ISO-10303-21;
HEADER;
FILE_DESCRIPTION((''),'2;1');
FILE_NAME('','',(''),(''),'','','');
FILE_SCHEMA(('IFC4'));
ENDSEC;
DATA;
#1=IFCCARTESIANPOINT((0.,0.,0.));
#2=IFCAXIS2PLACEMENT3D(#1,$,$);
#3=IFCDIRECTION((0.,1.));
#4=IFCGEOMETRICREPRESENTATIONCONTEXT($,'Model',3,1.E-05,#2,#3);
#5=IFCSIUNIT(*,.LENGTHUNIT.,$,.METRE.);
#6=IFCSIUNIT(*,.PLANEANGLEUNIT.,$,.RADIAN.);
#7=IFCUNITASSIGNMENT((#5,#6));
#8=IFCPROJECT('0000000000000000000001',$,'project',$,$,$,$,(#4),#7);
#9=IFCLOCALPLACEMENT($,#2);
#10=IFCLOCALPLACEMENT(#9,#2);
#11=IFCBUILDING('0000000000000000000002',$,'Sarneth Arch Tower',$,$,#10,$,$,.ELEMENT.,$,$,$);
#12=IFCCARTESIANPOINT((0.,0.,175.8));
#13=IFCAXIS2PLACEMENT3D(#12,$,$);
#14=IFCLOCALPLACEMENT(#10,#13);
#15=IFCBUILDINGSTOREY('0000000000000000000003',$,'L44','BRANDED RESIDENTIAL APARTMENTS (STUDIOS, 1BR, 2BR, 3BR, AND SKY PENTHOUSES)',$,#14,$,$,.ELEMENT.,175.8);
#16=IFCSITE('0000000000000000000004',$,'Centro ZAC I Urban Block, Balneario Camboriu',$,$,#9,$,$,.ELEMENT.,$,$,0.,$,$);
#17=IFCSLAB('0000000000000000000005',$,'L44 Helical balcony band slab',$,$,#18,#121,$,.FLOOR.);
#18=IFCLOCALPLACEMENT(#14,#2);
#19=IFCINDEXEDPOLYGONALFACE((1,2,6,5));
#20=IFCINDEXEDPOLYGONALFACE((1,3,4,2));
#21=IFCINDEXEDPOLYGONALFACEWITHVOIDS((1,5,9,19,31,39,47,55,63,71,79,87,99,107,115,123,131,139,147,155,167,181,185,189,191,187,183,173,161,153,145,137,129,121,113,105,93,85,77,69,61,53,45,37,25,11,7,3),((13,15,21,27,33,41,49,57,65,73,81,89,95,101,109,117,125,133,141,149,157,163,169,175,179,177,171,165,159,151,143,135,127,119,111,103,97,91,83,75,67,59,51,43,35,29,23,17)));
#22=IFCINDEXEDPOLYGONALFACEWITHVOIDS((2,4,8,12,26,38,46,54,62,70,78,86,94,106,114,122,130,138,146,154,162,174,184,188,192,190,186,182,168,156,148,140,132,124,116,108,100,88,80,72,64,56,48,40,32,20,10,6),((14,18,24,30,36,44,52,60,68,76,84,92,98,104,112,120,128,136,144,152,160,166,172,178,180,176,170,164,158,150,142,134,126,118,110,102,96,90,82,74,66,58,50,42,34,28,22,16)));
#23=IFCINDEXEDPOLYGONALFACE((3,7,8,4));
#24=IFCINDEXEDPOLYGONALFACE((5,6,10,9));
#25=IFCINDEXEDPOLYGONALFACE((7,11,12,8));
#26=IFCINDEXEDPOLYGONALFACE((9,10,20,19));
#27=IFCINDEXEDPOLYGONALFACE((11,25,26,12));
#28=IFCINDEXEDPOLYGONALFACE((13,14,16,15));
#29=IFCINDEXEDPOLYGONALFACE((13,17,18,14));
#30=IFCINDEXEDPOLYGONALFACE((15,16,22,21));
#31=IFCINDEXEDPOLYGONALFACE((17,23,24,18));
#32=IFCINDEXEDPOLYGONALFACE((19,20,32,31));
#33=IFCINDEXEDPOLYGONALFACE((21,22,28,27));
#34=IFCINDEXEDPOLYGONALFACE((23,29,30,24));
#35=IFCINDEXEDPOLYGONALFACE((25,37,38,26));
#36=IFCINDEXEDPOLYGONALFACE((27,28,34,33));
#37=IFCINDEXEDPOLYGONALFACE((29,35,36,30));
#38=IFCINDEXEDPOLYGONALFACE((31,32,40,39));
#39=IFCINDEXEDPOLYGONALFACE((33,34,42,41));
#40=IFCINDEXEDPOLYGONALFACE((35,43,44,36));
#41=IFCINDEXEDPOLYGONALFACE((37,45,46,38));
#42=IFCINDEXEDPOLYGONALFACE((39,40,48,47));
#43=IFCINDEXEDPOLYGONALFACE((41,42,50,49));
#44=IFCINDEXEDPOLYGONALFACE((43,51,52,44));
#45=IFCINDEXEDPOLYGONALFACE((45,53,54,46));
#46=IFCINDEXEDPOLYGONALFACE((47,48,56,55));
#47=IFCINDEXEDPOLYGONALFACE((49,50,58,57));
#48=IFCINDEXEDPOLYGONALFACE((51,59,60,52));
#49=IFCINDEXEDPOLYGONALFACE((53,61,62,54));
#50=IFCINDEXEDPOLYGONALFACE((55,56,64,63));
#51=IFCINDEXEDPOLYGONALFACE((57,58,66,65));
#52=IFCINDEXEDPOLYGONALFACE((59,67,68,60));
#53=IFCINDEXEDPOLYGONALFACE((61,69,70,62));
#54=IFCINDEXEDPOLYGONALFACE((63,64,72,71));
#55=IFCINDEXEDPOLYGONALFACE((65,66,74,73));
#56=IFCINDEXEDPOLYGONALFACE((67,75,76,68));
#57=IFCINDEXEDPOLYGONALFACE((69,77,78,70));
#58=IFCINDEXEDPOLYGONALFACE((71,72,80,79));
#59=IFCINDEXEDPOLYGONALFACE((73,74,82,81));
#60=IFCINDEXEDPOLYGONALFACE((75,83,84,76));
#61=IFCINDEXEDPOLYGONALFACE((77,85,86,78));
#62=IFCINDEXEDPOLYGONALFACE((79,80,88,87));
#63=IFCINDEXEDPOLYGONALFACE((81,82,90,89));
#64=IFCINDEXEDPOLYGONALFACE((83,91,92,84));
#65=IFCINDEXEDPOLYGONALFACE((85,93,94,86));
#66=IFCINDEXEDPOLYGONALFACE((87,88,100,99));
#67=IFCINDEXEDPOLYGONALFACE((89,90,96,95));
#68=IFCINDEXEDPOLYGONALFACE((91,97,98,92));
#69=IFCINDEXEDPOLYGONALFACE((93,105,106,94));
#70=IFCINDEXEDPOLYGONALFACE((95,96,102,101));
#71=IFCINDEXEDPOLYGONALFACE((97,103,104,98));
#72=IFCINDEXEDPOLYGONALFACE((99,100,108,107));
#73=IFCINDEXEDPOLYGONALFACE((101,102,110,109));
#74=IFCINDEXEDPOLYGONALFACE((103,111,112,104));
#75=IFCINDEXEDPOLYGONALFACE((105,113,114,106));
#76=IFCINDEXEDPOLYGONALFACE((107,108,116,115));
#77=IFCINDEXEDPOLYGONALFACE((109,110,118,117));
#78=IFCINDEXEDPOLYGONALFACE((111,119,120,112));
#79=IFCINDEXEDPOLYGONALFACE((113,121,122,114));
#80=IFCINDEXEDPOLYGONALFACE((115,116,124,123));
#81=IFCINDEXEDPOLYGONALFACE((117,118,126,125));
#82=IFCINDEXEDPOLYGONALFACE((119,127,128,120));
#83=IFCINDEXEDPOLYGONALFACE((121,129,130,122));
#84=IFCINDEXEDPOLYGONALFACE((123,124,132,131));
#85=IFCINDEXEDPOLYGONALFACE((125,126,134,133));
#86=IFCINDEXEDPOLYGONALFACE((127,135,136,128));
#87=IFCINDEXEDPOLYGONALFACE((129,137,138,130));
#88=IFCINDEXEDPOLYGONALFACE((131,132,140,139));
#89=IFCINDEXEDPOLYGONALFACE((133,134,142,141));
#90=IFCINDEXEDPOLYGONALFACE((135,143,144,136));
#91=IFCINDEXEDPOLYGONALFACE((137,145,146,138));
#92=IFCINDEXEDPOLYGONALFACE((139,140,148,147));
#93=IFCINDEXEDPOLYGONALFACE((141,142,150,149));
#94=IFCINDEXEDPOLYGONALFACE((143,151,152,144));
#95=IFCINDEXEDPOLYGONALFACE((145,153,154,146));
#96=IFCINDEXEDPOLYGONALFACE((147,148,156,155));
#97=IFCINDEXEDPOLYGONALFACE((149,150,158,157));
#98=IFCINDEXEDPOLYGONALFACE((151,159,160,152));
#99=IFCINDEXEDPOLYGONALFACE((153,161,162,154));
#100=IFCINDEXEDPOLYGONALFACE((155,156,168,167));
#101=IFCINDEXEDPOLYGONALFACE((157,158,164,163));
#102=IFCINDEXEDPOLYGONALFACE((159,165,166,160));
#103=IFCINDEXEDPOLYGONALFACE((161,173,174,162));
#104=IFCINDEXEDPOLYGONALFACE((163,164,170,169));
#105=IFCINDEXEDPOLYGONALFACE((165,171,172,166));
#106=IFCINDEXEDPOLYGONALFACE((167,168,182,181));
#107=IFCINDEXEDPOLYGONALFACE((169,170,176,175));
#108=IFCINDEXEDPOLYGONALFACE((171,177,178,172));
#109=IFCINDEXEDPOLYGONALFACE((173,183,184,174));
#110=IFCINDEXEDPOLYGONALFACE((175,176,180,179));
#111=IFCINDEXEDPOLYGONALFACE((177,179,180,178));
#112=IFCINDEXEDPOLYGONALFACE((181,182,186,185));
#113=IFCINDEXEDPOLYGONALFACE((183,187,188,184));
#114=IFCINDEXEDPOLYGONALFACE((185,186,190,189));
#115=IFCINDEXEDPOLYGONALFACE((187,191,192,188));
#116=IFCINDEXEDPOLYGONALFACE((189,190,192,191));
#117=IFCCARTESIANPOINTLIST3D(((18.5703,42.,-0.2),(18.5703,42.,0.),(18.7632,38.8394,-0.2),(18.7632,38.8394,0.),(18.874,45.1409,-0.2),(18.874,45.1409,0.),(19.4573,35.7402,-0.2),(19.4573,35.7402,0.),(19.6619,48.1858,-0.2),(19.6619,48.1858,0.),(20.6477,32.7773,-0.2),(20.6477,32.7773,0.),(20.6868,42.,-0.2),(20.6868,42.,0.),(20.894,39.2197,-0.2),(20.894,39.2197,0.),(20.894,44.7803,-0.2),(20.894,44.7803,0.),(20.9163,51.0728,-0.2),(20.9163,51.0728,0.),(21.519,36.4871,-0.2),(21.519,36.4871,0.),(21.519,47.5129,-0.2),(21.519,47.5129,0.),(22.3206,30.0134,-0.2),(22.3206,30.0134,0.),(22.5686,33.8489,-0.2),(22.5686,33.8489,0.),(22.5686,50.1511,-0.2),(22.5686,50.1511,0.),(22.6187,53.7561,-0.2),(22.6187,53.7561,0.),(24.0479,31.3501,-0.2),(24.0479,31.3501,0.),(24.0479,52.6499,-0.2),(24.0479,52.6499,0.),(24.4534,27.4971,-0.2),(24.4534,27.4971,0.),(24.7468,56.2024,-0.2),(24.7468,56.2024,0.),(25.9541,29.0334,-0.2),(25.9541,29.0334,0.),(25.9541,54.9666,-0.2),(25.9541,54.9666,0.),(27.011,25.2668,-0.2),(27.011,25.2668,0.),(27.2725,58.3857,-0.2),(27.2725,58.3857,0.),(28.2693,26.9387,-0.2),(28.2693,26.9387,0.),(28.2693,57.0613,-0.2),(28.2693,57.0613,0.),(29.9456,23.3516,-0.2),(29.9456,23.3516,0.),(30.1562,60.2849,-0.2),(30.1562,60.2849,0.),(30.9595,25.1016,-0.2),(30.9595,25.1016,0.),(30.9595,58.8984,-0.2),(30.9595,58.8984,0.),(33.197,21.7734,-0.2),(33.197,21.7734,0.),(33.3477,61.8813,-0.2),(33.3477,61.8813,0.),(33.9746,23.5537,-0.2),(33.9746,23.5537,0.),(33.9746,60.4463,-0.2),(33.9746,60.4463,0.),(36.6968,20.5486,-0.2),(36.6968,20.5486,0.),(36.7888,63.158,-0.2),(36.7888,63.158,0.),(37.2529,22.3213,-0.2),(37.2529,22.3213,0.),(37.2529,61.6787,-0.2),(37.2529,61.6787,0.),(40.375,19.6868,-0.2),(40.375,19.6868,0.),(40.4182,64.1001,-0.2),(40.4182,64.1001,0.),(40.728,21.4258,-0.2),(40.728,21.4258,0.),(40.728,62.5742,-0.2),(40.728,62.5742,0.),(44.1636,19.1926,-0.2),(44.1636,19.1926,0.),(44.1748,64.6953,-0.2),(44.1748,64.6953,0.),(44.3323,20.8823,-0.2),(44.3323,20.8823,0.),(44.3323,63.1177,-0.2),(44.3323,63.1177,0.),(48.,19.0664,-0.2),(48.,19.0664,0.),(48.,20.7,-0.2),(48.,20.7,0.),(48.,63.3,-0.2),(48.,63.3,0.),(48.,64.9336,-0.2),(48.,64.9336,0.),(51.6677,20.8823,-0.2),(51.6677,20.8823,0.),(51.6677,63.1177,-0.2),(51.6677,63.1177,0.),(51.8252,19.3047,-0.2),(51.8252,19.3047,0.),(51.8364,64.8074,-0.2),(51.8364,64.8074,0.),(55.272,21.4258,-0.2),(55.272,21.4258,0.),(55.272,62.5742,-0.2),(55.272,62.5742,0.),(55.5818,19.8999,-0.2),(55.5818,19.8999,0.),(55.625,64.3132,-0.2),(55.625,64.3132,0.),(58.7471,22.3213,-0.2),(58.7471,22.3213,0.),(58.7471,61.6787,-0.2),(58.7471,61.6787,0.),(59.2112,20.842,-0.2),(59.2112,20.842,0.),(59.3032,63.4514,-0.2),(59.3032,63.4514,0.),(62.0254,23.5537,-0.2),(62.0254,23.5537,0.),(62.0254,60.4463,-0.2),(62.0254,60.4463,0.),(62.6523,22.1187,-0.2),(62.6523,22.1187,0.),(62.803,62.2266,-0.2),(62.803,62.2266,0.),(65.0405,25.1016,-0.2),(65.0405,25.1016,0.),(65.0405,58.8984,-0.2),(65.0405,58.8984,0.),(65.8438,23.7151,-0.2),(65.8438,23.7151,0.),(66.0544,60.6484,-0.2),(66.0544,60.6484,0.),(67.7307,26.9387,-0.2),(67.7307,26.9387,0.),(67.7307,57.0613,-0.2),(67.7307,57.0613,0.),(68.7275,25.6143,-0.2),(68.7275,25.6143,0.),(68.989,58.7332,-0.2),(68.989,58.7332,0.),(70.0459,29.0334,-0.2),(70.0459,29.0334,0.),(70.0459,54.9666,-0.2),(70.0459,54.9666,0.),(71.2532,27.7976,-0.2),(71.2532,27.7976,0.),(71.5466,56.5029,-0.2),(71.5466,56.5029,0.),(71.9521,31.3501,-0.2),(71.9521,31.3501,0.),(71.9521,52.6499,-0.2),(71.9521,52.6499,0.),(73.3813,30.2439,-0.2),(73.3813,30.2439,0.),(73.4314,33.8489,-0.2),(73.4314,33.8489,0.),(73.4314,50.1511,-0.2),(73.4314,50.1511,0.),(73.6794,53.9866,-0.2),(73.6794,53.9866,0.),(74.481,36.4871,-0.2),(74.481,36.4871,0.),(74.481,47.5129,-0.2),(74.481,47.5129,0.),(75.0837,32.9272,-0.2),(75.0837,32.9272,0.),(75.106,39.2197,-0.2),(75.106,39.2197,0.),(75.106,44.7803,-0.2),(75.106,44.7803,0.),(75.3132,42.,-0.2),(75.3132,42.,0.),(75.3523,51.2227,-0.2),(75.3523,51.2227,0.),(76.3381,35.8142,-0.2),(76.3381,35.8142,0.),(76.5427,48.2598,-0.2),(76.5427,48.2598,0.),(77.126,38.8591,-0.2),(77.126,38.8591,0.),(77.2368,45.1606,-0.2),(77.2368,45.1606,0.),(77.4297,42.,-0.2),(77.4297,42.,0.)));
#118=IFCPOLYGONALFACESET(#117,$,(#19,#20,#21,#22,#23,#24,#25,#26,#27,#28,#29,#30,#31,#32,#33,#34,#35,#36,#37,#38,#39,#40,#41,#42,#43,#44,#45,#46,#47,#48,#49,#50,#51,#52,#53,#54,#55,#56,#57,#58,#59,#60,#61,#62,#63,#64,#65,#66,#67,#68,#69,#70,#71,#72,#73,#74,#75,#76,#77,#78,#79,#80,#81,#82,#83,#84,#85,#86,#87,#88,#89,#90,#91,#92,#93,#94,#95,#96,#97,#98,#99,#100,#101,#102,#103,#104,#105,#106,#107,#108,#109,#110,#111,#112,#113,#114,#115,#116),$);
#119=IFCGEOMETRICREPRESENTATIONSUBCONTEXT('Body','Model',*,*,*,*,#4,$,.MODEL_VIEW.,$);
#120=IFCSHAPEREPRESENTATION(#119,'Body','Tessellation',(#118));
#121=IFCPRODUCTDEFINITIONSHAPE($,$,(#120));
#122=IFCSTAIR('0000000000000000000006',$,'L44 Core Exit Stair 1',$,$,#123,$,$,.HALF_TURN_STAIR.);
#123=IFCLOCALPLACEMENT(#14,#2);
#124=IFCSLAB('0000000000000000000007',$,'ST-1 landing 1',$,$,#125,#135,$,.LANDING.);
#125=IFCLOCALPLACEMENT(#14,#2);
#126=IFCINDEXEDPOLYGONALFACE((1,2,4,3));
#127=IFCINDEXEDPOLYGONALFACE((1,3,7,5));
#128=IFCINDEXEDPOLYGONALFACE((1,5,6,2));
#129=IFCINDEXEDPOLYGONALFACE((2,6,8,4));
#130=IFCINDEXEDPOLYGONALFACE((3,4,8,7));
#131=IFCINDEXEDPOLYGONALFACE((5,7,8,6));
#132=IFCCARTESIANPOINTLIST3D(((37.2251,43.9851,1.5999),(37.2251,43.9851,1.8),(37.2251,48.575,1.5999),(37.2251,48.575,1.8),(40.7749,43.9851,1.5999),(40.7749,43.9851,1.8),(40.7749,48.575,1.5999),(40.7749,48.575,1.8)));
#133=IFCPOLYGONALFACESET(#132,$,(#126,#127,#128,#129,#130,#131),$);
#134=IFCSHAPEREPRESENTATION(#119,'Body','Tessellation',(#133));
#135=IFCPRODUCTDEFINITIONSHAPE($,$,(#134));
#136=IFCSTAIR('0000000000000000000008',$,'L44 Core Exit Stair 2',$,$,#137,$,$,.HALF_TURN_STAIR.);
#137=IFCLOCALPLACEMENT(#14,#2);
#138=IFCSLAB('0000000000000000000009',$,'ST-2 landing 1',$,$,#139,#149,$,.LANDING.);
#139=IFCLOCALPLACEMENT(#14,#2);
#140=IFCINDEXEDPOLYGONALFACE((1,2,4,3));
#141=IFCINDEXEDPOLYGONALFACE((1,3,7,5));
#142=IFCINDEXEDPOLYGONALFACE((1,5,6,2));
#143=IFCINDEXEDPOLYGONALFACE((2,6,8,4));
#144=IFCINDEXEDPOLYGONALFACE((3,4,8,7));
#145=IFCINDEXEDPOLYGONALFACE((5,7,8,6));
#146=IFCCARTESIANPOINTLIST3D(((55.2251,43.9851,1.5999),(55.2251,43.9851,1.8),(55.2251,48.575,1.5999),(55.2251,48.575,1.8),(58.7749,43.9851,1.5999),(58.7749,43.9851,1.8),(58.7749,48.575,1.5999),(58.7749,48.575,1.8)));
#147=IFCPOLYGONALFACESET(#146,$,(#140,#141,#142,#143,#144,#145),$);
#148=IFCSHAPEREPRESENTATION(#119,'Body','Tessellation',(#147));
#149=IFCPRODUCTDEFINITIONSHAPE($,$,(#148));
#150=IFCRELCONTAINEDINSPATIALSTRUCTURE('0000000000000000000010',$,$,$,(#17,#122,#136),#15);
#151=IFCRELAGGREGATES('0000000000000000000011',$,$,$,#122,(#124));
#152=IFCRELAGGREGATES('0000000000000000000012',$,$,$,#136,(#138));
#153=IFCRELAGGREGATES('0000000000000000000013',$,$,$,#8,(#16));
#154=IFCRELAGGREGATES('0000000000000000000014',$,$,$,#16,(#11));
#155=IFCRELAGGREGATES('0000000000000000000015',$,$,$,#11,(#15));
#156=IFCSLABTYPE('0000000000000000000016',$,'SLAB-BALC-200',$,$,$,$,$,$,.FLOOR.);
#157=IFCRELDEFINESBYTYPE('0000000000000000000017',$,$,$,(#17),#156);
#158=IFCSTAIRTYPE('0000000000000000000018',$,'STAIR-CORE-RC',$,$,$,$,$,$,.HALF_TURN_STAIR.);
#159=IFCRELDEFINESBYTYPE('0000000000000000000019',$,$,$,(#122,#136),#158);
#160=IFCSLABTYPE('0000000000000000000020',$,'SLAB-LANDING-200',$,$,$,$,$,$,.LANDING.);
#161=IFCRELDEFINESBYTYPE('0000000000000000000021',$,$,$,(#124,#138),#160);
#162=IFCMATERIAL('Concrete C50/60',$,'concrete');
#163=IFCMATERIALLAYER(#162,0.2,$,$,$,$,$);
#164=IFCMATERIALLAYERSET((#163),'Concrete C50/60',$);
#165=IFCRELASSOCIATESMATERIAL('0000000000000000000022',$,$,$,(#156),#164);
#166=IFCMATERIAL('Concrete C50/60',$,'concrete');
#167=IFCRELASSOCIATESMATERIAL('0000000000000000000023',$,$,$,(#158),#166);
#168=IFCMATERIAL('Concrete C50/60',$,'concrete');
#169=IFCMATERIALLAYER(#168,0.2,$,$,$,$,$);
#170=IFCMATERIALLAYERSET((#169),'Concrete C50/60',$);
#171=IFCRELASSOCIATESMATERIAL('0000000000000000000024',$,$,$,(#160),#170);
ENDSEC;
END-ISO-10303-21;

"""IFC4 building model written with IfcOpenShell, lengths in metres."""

from ifc_helpers import new_model, si_unit, direction, frame, origin, place, context, subcontext, project, spatial, polyline, outline, extrude, material, layer, layer_set, type_object, element, aggregate, save


model = new_model("IFC4")

# Units and contexts
model_context = context("Model", 3, precision=1e-05, world=origin(), true_north=direction((0.0, 1.0)))
body_context = subcontext(model_context, "Body", "Model", "MODEL_VIEW")
ifc_project = project(units=[si_unit("LENGTHUNIT", "METRE"), si_unit("PLANEANGLEUNIT", "RADIAN")], contexts=[model_context])

# Site, building, storey
site_placement = place(None, origin())
site = spatial("IfcSite", under=ifc_project, at=site_placement, Name="Centro ZAC I Urban Block, Balneario Camboriu", CompositionType="ELEMENT", RefElevation=0.0)
building_placement = place(site_placement, origin())
building = spatial("IfcBuilding", under=site, at=building_placement, Name="Sarneth Arch Tower", CompositionType="ELEMENT")
storey_placement = place(building_placement, frame((0.0, 0.0, 175.8)))
storey = spatial("IfcBuildingStorey", under=building, at=storey_placement, Name="L44", Description="BRANDED RESIDENTIAL APARTMENTS (STUDIOS, 1BR, 2BR, 3BR, AND SKY PENTHOUSES)", CompositionType="ELEMENT", Elevation=175.8)

# Slab
ifc_material_1 = material(Name="Concrete C50/60", Category="concrete")
ifc_layer_1 = layer(ifc_material_1, 0.2)
ifc_layer_set_1 = layer_set([ifc_layer_1], Name="Concrete C50/60")
slab_type_1 = type_object("IfcSlabType", Name="SLAB-BALC-200", PredefinedType="FLOOR", material=ifc_layer_set_1)
slab_1_placement = place(storey_placement, frame((0.0, 0.0, -0.2)))
element("IfcSlab", 1, at=slab_1_placement, inside=storey, type_object=slab_type_1, Name="L44 Helical balcony band slab", PredefinedType="FLOOR", context=body_context, shape_type="SweptSolid", body=[
    extrude(outline(polyline([(77.4297, 42.0), (77.2368, 45.1606), (76.5427, 48.2598), (75.3523, 51.2227), (73.6794, 53.9866), (71.5466, 56.5029), (68.989, 58.7332), (66.0544, 60.6484), (62.803, 62.2266), (59.3032, 63.4514), (55.625, 64.3132), (51.8364, 64.8074), (48.0, 64.9336), (44.1748, 64.6953), (40.4182, 64.1001), (36.7888, 63.158), (33.3477, 61.8813), (30.1562, 60.2849), (27.2725, 58.3857), (24.7468, 56.2024), (22.6187, 53.7561), (20.9163, 51.0728), (19.6619, 48.1858), (18.874, 45.1409), (18.5703, 42.0), (18.7632, 38.8394), (19.4573, 35.7402), (20.6477, 32.7773), (22.3206, 30.0134), (24.4534, 27.4971), (27.011, 25.2668), (29.9456, 23.3516), (33.197, 21.7734), (36.6968, 20.5486), (40.375, 19.6868), (44.1636, 19.1926), (48.0, 19.0664), (51.8252, 19.3047), (55.5818, 19.8999), (59.2112, 20.842), (62.6523, 22.1187), (65.8438, 23.7151), (68.7275, 25.6143), (71.2532, 27.7976), (73.3813, 30.2439), (75.0837, 32.9272), (76.3381, 35.8142), (77.126, 38.8591), (77.4297, 42.0)]), holes=[polyline([(75.3132, 42.0), (75.106, 44.7803), (74.481, 47.5129), (73.4314, 50.1511), (71.9521, 52.6499), (70.0459, 54.9666), (67.7307, 57.0613), (65.0405, 58.8984), (62.0254, 60.4463), (58.7471, 61.6787), (55.272, 62.5742), (51.6677, 63.1177), (48.0, 63.3), (44.3323, 63.1177), (40.728, 62.5742), (37.2529, 61.6787), (33.9746, 60.4463), (30.9595, 58.8984), (28.2693, 57.0613), (25.9541, 54.9666), (24.0479, 52.6499), (22.5686, 50.1511), (21.519, 47.5129), (20.894, 44.7803), (20.6868, 42.0), (20.894, 39.2197), (21.519, 36.4871), (22.5686, 33.8489), (24.0479, 31.3501), (25.9541, 29.0334), (28.2693, 26.9387), (30.9595, 25.1016), (33.9746, 23.5537), (37.2529, 22.3213), (40.728, 21.4258), (44.3323, 20.8823), (48.0, 20.7), (51.6677, 20.8823), (55.272, 21.4258), (58.7471, 22.3213), (62.0254, 23.5537), (65.0405, 25.1016), (67.7307, 26.9387), (70.0459, 29.0334), (71.9521, 31.3501), (73.4314, 33.8489), (74.481, 36.4871), (75.106, 39.2197), (75.3132, 42.0)])]), origin(), (0.0, 0.0, 1.0), 0.2),
])

# Stairs, slabs
ifc_material_2 = material(Name="Concrete C50/60", Category="concrete")
stair_type = type_object("IfcStairType", Name="STAIR-CORE-RC", PredefinedType="HALF_TURN_STAIR", material=ifc_material_2)
stair_1_placement = place(storey_placement, origin())
stair_1 = element("IfcStair", 2, at=stair_1_placement, inside=storey, type_object=stair_type, Name="L44 Core Exit Stair 1", PredefinedType="HALF_TURN_STAIR")
ifc_material_3 = material(Name="Concrete C50/60", Category="concrete")
ifc_layer_2 = layer(ifc_material_3, 0.2)
ifc_layer_set_2 = layer_set([ifc_layer_2], Name="Concrete C50/60")
slab_type_2 = type_object("IfcSlabType", Name="SLAB-LANDING-200", PredefinedType="LANDING", material=ifc_layer_set_2)
slab_2_placement = place(storey_placement, frame((0.0, 0.0, 1.5999)))
slab_2 = element("IfcSlab", 3, at=slab_2_placement, type_object=slab_type_2, Name="ST-1 landing 1", PredefinedType="LANDING", context=body_context, shape_type="SweptSolid", body=[
    extrude(outline(polyline([(37.2251, 43.9851), (40.7749, 43.9851), (40.7749, 48.575), (37.2251, 48.575), (37.2251, 43.9851)])), origin(), (0.0, 0.0, 1.0), 0.2002),
])
aggregate(stair_1, [slab_2])
stair_2_placement = place(storey_placement, origin())
stair_2 = element("IfcStair", 4, at=stair_2_placement, inside=storey, type_object=stair_type, Name="L44 Core Exit Stair 2", PredefinedType="HALF_TURN_STAIR")
slab_3_placement = place(storey_placement, frame((0.0, 0.0, 1.5999)))
slab_3 = element("IfcSlab", 5, at=slab_3_placement, type_object=slab_type_2, Name="ST-2 landing 1", PredefinedType="LANDING", context=body_context, shape_type="SweptSolid", body=[
    extrude(outline(polyline([(55.2251, 43.9851), (58.7749, 43.9851), (58.7749, 48.575), (55.2251, 48.575), (55.2251, 43.9851)])), origin(), (0.0, 0.0, 1.0), 0.2002),
])
aggregate(stair_2, [slab_3])

save(model, "model.ifc")
